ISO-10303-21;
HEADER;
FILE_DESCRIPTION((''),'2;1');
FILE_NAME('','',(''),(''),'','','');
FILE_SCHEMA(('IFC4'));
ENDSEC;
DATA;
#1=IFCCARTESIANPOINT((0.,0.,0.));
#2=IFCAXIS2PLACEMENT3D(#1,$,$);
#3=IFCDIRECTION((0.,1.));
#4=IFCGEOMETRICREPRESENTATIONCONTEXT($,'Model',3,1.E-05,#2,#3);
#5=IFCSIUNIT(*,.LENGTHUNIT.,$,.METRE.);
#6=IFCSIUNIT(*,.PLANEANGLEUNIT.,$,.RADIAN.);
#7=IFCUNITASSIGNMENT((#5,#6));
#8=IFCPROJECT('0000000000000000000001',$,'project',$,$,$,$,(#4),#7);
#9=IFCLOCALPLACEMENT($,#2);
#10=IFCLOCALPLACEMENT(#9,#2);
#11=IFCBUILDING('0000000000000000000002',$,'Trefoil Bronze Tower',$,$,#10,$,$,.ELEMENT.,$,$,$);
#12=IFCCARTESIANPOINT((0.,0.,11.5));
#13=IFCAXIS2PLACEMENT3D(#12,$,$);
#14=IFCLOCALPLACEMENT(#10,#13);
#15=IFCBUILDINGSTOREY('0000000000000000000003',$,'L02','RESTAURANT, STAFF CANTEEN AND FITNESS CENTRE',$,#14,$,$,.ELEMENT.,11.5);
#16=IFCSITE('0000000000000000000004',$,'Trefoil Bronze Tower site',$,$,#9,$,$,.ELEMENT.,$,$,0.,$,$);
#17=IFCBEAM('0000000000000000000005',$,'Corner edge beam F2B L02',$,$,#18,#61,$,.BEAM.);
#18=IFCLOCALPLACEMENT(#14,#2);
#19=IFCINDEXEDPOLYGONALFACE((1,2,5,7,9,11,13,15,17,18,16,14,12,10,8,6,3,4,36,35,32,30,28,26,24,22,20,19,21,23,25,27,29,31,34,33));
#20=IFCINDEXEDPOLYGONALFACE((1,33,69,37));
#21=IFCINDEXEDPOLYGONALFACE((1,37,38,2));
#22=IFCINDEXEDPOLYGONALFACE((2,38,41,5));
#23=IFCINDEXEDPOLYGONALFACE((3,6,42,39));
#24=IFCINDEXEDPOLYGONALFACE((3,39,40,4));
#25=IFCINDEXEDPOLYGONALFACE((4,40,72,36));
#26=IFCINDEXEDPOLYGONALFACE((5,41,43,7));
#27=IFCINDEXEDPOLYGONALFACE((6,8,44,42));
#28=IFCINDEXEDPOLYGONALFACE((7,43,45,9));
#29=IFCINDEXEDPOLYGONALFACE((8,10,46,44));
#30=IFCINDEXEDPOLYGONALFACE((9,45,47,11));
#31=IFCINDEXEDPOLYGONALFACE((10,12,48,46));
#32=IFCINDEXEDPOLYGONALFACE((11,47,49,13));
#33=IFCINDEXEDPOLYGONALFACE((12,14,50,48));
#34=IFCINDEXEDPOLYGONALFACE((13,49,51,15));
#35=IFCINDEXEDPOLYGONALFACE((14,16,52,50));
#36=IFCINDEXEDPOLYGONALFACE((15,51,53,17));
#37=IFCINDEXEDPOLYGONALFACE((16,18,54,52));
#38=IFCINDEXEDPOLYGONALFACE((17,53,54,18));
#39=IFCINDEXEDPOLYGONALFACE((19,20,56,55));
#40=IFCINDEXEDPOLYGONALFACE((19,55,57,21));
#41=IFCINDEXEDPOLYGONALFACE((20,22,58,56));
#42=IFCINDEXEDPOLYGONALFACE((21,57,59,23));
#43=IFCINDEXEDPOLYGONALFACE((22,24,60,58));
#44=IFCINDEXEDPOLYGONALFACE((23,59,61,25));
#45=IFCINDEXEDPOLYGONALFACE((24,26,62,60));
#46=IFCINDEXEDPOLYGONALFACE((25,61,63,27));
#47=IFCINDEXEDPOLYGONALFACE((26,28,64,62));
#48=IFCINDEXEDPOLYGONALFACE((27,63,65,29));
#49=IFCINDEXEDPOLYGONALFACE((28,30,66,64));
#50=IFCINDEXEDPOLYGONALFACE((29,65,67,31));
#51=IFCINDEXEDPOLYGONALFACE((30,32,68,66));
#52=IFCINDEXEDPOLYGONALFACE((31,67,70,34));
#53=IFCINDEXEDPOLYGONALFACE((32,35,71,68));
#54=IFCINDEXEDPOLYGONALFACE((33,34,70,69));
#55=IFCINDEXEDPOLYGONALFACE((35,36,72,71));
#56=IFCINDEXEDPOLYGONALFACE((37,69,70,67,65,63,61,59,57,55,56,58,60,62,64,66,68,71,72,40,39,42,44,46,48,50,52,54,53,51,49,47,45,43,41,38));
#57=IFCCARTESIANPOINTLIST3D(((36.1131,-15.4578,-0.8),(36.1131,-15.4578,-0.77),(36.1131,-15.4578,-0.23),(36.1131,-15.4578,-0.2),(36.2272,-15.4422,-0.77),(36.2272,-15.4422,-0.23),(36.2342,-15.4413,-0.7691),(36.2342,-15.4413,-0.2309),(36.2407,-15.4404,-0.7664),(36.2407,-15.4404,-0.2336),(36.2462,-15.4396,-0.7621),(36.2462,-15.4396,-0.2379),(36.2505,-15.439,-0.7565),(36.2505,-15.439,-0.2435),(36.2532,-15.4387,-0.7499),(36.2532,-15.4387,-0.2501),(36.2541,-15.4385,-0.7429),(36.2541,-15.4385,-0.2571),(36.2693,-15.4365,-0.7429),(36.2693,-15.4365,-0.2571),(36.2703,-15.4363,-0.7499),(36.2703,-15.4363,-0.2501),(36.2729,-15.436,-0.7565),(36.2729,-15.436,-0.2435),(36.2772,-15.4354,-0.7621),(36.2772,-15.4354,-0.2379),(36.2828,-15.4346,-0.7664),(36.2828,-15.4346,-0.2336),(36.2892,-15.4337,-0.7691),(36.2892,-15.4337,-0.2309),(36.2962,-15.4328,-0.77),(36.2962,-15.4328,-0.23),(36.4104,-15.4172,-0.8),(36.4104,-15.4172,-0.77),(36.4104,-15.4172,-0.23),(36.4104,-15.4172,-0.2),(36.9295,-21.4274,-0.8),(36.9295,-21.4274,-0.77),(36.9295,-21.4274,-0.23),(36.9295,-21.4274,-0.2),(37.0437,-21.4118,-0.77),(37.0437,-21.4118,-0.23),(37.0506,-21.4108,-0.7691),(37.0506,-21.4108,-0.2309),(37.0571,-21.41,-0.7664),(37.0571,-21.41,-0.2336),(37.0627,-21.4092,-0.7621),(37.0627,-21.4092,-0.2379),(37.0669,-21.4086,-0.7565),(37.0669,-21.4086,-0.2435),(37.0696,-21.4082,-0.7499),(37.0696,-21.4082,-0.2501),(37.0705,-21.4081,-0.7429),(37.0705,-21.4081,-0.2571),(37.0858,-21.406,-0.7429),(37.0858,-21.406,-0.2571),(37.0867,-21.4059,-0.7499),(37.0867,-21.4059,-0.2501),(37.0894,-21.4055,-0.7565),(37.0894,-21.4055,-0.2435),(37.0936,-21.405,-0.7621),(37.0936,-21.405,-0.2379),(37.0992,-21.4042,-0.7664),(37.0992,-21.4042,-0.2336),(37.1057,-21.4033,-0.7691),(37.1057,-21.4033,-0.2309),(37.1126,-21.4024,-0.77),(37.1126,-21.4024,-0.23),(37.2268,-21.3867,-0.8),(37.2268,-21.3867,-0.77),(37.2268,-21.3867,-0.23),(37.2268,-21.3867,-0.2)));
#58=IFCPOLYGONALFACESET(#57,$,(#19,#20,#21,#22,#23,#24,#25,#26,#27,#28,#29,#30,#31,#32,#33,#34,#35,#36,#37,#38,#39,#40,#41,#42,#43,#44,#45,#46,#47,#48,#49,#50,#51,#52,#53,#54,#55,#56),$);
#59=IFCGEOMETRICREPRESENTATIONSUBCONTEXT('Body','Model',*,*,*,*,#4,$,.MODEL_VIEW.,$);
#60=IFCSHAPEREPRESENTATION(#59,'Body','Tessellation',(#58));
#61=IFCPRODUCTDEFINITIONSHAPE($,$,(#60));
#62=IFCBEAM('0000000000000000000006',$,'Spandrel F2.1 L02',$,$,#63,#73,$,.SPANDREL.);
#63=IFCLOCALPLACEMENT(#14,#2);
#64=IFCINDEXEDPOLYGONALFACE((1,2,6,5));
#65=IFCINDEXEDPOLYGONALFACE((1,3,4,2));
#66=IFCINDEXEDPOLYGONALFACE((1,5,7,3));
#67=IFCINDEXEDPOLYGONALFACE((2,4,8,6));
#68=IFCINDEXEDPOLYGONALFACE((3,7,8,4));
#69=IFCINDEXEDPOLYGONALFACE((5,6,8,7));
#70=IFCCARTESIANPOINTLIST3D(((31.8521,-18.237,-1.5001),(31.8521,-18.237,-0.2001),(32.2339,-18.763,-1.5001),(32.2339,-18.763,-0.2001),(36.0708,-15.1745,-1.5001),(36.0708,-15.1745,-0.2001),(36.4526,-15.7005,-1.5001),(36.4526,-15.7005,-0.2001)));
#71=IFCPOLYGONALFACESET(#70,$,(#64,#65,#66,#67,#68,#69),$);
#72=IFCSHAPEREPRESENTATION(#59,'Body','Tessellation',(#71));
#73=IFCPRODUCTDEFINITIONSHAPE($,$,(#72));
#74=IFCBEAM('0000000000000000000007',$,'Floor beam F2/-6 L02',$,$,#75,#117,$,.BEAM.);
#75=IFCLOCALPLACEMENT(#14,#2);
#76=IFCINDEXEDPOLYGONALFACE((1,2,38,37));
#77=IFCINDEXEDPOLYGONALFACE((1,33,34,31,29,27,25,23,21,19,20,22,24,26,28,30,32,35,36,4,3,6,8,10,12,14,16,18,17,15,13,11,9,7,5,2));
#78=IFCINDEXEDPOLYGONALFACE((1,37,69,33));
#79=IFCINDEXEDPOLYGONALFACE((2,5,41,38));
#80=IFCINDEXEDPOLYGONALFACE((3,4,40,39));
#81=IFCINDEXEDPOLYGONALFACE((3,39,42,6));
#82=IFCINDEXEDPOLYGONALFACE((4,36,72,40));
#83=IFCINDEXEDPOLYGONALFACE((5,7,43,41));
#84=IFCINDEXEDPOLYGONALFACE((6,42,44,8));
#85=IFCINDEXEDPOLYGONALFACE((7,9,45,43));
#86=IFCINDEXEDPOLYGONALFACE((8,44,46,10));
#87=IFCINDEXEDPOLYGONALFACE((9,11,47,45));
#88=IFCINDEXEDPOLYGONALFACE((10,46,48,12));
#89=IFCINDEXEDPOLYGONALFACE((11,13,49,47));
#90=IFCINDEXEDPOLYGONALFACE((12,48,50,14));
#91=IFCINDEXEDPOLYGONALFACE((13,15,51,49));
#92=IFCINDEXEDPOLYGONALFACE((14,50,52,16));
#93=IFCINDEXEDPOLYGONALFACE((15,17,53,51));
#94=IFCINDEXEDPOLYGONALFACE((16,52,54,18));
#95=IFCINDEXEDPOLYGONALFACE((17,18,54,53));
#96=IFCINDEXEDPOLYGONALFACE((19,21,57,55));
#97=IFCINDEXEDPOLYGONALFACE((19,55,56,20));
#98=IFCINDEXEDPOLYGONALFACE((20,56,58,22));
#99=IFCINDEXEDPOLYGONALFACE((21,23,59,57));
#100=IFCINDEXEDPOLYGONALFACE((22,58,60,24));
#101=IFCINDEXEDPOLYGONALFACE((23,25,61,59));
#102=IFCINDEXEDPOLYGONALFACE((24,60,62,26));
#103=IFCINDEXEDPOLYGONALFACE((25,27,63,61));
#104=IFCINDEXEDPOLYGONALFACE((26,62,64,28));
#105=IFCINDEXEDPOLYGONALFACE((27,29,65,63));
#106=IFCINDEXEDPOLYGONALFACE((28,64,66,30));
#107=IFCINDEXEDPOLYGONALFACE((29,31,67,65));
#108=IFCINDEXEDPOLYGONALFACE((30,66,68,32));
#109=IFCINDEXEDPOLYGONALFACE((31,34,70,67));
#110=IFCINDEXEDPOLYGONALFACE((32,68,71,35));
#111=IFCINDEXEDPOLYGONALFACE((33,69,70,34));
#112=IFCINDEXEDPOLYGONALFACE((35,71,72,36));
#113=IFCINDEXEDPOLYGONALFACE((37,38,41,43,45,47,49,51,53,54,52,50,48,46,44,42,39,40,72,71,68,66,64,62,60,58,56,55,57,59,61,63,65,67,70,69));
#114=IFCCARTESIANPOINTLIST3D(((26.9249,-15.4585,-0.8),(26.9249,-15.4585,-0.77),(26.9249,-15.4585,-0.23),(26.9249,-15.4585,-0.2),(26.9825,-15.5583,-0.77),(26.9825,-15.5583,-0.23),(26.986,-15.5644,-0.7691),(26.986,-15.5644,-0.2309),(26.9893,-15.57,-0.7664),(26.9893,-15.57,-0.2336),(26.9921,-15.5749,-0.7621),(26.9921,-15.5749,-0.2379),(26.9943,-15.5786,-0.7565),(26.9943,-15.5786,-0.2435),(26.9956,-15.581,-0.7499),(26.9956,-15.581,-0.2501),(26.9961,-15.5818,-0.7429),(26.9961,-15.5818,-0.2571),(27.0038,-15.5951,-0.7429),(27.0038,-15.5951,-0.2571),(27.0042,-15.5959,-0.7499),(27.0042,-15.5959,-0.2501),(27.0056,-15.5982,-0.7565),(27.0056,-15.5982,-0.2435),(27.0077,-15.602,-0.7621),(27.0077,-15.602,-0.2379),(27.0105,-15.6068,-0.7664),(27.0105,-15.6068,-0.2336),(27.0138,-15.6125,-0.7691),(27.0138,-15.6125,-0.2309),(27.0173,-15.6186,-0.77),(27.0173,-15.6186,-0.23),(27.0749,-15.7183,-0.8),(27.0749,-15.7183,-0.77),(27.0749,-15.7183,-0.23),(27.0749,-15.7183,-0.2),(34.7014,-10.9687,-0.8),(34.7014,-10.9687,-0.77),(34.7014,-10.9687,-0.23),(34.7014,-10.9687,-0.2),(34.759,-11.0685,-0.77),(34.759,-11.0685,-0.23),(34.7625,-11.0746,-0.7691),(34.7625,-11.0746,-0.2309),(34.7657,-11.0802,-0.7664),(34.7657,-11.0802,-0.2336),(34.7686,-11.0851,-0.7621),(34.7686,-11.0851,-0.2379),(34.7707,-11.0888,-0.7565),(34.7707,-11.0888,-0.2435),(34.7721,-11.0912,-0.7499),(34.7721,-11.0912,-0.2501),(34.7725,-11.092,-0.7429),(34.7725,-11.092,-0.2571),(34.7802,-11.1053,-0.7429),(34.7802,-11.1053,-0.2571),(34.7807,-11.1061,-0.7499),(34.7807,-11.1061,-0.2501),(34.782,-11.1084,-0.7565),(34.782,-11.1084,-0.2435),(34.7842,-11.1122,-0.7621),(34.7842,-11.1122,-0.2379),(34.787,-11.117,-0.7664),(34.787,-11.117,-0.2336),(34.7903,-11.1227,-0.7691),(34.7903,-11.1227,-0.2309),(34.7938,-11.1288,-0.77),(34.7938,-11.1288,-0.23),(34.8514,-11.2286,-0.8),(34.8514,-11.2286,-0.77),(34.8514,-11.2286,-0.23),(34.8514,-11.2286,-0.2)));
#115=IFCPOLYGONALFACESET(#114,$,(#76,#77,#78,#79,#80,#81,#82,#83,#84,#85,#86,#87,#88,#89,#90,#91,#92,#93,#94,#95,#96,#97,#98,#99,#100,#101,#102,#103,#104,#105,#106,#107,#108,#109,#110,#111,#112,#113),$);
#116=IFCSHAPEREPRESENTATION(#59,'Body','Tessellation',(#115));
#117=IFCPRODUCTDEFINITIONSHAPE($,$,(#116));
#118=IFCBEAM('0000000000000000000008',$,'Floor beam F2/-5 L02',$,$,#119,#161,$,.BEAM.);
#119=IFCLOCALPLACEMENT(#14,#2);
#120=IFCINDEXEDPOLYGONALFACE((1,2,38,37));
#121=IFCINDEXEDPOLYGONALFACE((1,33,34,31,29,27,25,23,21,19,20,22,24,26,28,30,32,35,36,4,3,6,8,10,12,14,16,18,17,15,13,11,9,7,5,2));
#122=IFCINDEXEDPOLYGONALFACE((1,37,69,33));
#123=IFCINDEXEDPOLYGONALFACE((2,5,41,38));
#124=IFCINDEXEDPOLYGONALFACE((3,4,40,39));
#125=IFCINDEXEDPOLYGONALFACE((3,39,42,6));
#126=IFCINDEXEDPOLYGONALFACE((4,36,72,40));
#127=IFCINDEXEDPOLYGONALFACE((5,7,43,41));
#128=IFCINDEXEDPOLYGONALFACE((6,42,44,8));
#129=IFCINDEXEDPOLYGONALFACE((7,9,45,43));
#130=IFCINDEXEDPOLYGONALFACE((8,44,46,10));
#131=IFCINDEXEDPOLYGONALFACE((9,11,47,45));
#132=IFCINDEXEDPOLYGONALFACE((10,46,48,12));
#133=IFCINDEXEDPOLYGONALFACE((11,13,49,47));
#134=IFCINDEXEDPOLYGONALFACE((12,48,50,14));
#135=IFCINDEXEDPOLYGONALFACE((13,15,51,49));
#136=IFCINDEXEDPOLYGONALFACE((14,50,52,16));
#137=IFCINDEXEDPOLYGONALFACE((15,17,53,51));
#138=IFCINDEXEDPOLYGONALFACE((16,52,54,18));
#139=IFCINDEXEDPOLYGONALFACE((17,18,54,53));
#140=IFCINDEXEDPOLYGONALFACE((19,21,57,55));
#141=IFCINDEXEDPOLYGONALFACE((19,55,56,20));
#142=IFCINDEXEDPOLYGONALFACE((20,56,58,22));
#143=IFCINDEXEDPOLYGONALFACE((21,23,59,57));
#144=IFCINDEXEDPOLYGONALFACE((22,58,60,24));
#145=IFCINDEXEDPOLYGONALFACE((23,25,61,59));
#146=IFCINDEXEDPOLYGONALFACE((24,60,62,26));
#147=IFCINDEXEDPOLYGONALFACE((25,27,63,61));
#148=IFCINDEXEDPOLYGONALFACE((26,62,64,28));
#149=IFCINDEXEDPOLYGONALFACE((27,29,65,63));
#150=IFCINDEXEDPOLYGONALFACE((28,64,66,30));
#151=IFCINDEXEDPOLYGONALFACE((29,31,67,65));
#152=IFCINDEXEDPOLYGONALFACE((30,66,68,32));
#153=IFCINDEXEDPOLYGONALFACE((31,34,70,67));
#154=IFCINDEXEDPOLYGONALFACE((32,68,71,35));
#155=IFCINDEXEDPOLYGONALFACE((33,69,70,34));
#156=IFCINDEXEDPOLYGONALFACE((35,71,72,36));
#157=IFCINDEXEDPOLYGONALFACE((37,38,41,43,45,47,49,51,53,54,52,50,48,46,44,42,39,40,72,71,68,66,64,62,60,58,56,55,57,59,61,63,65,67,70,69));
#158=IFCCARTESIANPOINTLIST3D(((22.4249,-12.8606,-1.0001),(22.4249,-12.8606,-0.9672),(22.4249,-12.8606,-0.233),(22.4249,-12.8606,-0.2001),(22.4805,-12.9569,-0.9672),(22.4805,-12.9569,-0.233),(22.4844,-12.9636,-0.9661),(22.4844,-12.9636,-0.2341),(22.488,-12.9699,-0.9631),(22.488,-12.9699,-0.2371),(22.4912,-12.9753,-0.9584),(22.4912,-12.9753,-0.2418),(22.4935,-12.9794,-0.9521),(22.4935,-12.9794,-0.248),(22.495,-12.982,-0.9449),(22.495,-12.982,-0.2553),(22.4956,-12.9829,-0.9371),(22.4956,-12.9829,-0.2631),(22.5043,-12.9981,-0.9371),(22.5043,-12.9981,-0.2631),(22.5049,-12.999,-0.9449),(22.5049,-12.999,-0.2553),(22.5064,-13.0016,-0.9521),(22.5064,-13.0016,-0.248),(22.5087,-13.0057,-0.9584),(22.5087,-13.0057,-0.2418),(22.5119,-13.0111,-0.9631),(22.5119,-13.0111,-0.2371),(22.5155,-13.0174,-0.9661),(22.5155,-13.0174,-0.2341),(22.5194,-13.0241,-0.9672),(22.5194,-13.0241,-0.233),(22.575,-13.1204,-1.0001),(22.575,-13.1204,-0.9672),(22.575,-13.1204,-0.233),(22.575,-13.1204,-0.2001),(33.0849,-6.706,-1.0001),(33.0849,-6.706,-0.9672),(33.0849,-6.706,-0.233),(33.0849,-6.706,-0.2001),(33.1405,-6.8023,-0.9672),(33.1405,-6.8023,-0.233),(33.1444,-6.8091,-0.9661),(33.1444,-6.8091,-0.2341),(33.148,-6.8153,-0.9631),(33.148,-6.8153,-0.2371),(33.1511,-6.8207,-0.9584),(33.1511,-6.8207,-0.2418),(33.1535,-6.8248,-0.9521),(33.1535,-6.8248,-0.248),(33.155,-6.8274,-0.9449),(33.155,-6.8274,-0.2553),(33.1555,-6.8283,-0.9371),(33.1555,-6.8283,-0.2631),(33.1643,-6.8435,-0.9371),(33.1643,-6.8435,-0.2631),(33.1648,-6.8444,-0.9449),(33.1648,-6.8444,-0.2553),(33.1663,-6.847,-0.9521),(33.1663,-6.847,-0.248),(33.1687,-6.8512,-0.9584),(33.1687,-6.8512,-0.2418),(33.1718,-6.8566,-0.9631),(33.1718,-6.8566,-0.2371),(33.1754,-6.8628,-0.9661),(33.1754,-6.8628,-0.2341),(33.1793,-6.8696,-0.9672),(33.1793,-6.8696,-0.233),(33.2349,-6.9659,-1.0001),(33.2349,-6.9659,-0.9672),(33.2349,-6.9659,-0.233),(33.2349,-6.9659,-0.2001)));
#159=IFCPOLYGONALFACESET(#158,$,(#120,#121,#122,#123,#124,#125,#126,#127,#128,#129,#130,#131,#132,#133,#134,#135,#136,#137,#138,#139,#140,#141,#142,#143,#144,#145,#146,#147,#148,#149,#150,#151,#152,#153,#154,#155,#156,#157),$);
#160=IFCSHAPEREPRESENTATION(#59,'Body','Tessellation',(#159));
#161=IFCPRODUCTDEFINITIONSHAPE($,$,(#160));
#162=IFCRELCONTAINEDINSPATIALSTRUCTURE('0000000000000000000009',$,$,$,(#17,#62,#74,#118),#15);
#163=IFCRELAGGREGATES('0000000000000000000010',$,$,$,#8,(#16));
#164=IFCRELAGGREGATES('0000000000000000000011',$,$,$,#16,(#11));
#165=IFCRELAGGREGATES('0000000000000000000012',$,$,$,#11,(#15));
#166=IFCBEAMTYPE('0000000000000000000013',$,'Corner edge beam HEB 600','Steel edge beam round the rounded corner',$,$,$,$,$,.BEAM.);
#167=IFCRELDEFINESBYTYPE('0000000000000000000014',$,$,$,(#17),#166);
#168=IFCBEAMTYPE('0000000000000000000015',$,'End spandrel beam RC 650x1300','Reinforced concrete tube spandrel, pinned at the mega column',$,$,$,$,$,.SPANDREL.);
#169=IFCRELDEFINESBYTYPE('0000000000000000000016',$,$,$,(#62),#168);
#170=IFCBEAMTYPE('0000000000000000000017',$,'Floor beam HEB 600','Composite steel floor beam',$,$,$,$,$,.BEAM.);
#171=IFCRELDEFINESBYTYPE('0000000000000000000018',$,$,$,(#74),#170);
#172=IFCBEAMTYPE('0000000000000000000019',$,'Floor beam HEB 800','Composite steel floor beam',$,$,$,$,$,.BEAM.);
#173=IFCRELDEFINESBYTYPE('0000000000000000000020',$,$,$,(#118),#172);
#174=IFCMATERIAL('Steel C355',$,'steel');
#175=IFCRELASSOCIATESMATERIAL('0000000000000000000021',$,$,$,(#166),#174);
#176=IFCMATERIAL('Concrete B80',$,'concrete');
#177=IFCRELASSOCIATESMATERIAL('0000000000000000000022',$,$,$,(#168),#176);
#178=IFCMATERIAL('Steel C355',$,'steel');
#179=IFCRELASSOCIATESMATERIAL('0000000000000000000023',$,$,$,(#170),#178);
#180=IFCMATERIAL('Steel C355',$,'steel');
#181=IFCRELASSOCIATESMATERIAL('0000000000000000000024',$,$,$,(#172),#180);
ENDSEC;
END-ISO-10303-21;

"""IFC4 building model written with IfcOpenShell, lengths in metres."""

from ifc_helpers import new_model, si_unit, direction, frame, origin, origin_2d, place, context, subcontext, project, spatial, rectangle, i_section, extrude, material, material_profile, profile_set, type_object, element, save


model = new_model("IFC4")

# Units and contexts
model_context = context("Model", 3, precision=1e-05, world=origin(), true_north=direction((0.0, 1.0)))
body_context = subcontext(model_context, "Body", "Model", "MODEL_VIEW")
ifc_project = project(units=[si_unit("LENGTHUNIT", "METRE"), si_unit("PLANEANGLEUNIT", "RADIAN")], contexts=[model_context])

# Site, building, storey
site_placement = place(None, origin())
site = spatial("IfcSite", under=ifc_project, at=site_placement, Name="Trefoil Bronze Tower site", CompositionType="ELEMENT", RefElevation=0.0)
building_placement = place(site_placement, origin())
building = spatial("IfcBuilding", under=site, at=building_placement, Name="Trefoil Bronze Tower", CompositionType="ELEMENT")
storey_placement = place(building_placement, frame((0.0, 0.0, 11.5)))
storey = spatial("IfcBuildingStorey", under=building, at=storey_placement, Name="L02", Description="RESTAURANT, STAFF CANTEEN AND FITNESS CENTRE", CompositionType="ELEMENT", Elevation=11.5)

# Beams
ifc_material_1 = material(Name="Steel C355", Category="steel")
ifc_material_profile_1 = material_profile(ifc_material_1, i_section(OverallWidth=0.3, OverallDepth=0.6001, WebThickness=0.0154, FlangeThickness=0.03, FilletRadius=0.0271, at=origin_2d()), Name="HEB 600")
ifc_profile_set_1 = profile_set([ifc_material_profile_1], Name="Steel C355")
beam_type_1 = type_object("IfcBeamType", Name="Corner edge beam HEB 600", Description="Steel edge beam round the rounded corner", PredefinedType="BEAM", material=ifc_profile_set_1)
beam_1_placement = place(storey_placement, frame((36.2617, -15.4375, -0.5), z_axis=(0.135502, -0.990777, 0.0), x_axis=(0.990777, 0.135502, 0.0)))
element("IfcBeam", 1, at=beam_1_placement, inside=storey, type_object=beam_type_1, Name="Corner edge beam F2B L02", PredefinedType="BEAM", context=body_context, shape_type="SweptSolid", body=[
    extrude(i_section(OverallWidth=0.3, OverallDepth=0.6001, WebThickness=0.0154, FlangeThickness=0.03, FilletRadius=0.0271, at=origin_2d()), origin(), (0.0, 0.0, 1.0), 6.0251),
])
ifc_material_2 = material(Name="Concrete B80", Category="concrete")
ifc_material_profile_2 = material_profile(ifc_material_2, rectangle(XDim=0.6499, YDim=1.3, at=origin_2d()), Name="RC 650x1300")
ifc_profile_set_2 = profile_set([ifc_material_profile_2], Name="Concrete B80")
beam_type_2 = type_object("IfcBeamType", Name="End spandrel beam RC 650x1300", Description="Reinforced concrete tube spandrel, pinned at the mega column", PredefinedType="SPANDREL", material=ifc_profile_set_2)
beam_2_placement = place(storey_placement, frame((32.043, -18.5, -0.8501), z_axis=(0.809254, 0.587459, 0.0), x_axis=(-0.587459, 0.809254, 0.0)))
element("IfcBeam", 2, at=beam_2_placement, inside=storey, type_object=beam_type_2, Name="Spandrel F2.1 L02", PredefinedType="SPANDREL", context=body_context, shape_type="SweptSolid", body=[
    extrude(rectangle(XDim=0.6499, YDim=1.3, at=origin_2d()), origin(), (0.0, 0.0, 1.0), 5.2131),
])
ifc_material_3 = material(Name="Steel C355", Category="steel")
ifc_material_profile_3 = material_profile(ifc_material_3, i_section(OverallWidth=0.3, OverallDepth=0.6001, WebThickness=0.0154, FlangeThickness=0.03, FilletRadius=0.0271, at=origin_2d()), Name="HEB 600")
ifc_profile_set_3 = profile_set([ifc_material_profile_3], Name="Steel C355")
beam_type_3 = type_object("IfcBeamType", Name="Floor beam HEB 600", Description="Composite steel floor beam", PredefinedType="BEAM", material=ifc_profile_set_3)
beam_3_placement = place(storey_placement, frame((34.7764, -11.0986, -0.5), z_axis=(-0.866023, -0.500005, 0.0), x_axis=(0.500005, -0.866023, 0.0)))
element("IfcBeam", 3, at=beam_3_placement, inside=storey, type_object=beam_type_3, Name="Floor beam F2/-6 L02", PredefinedType="BEAM", context=body_context, shape_type="SweptSolid", body=[
    extrude(i_section(OverallWidth=0.3, OverallDepth=0.6001, WebThickness=0.0154, FlangeThickness=0.03, FilletRadius=0.0271, at=origin_2d()), origin(), (0.0, 0.0, 1.0), 8.9795),
])
ifc_material_4 = material(Name="Steel C355", Category="steel")
ifc_material_profile_4 = material_profile(ifc_material_4, i_section(OverallWidth=0.3, OverallDepth=0.8, WebThickness=0.0176, FlangeThickness=0.033, FilletRadius=0.03, at=origin_2d()), Name="HEB 800")
ifc_profile_set_4 = profile_set([ifc_material_profile_4], Name="Steel C355")
beam_type_4 = type_object("IfcBeamType", Name="Floor beam HEB 800", Description="Composite steel floor beam", PredefinedType="BEAM", material=ifc_profile_set_4)
beam_4_placement = place(storey_placement, frame((33.1599, -6.8359, -0.6001), z_axis=(-0.866024, -0.500002, 0.0), x_axis=(0.500002, -0.866024, 0.0)))
element("IfcBeam", 4, at=beam_4_placement, inside=storey, type_object=beam_type_4, Name="Floor beam F2/-5 L02", PredefinedType="BEAM", context=body_context, shape_type="SweptSolid", body=[
    extrude(i_section(OverallWidth=0.3, OverallDepth=0.8, WebThickness=0.0176, FlangeThickness=0.033, FilletRadius=0.03, at=origin_2d()), origin(), (0.0, 0.0, 1.0), 12.3091),
])

save(model, "model.ifc")
